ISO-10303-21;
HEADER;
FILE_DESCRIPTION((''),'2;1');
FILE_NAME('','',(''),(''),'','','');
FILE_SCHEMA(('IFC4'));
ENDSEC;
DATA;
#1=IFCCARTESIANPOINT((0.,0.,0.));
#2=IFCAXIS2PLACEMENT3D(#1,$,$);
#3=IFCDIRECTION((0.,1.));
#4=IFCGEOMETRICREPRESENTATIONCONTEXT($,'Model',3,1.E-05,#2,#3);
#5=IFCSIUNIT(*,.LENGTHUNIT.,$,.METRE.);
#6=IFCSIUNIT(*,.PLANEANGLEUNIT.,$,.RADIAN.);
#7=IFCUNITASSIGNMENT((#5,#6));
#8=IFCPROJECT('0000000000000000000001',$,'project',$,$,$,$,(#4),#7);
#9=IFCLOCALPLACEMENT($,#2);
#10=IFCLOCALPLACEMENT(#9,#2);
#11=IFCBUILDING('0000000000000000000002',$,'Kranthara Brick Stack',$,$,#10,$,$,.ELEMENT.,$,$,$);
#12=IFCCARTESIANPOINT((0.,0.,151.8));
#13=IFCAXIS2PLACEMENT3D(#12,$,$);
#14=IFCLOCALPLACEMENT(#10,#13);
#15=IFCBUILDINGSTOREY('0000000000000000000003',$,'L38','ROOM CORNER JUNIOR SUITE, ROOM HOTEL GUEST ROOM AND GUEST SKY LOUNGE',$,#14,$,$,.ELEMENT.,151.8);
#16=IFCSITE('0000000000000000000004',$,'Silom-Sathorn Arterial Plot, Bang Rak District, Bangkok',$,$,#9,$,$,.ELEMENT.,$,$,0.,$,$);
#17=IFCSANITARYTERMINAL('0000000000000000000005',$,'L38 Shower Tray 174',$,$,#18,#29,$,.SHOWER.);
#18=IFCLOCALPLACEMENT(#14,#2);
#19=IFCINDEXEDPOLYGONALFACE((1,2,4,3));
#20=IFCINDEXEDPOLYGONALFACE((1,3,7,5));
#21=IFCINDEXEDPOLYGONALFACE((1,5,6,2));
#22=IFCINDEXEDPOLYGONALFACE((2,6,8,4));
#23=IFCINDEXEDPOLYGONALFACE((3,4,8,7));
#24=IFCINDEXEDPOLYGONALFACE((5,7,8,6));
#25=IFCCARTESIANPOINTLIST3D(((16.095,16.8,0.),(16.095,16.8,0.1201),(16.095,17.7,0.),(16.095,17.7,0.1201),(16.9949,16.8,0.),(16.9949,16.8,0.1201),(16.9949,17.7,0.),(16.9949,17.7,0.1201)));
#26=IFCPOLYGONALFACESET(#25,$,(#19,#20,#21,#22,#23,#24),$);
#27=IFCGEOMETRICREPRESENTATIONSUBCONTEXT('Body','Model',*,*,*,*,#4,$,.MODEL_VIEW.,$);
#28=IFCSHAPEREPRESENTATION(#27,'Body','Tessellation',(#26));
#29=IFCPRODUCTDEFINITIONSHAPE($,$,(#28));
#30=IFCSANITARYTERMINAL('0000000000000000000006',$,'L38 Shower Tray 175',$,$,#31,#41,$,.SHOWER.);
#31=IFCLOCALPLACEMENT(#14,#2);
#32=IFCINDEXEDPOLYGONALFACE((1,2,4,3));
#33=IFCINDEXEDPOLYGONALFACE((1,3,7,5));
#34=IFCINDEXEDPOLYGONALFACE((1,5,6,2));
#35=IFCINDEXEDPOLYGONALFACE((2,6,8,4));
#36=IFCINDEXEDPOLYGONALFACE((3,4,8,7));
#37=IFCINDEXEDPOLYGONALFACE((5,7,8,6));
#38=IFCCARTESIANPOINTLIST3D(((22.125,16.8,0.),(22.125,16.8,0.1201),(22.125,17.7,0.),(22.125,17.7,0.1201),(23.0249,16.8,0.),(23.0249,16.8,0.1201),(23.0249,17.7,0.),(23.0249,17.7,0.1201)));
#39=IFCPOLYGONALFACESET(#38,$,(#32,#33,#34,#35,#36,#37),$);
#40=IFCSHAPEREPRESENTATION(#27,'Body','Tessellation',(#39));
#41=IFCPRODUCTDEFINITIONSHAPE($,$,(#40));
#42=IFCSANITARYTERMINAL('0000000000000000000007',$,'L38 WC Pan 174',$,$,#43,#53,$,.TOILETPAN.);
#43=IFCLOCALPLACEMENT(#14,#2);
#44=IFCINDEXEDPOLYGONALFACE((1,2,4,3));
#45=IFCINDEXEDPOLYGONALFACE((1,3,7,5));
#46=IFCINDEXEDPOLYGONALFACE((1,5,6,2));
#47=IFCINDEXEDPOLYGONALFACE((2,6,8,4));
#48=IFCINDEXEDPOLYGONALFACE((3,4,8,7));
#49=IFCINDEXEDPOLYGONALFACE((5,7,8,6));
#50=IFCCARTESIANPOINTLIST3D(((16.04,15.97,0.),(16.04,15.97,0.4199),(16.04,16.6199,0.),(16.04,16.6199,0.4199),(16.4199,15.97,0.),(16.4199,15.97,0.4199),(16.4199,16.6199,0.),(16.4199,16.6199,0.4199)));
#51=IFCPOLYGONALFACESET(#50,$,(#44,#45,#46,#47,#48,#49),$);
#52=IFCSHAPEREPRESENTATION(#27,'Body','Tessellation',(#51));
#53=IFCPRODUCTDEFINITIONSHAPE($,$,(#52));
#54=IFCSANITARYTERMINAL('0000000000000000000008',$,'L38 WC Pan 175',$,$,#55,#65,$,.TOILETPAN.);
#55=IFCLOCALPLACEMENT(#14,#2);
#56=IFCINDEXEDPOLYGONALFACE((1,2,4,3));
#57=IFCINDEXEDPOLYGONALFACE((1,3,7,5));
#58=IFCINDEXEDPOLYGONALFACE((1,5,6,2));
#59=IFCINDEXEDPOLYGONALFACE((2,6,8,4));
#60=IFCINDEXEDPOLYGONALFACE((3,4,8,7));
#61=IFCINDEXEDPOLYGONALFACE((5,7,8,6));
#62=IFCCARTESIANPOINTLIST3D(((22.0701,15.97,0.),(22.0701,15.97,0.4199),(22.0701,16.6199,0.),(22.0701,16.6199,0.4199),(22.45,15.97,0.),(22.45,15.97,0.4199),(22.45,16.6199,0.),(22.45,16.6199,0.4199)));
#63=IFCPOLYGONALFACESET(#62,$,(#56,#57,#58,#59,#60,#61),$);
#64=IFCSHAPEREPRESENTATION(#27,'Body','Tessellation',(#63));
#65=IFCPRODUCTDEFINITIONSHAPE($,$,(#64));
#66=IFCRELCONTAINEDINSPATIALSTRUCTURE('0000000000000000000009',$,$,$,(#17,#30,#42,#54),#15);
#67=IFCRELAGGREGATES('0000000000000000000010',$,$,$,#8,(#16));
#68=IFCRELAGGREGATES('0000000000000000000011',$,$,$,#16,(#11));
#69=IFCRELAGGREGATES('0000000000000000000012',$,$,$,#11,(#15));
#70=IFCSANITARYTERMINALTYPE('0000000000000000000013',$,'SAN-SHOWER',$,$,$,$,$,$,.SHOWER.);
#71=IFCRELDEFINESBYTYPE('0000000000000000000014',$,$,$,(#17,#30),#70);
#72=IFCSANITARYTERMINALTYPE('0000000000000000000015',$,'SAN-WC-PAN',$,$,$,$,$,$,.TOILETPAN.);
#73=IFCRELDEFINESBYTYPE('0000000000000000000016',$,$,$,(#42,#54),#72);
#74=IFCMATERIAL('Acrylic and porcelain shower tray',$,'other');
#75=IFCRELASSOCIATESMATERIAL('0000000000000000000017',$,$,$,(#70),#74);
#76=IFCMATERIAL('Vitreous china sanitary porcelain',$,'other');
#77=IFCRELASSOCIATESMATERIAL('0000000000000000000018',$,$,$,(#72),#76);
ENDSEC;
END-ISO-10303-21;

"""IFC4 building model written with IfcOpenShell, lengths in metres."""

from ifc_helpers import new_model, si_unit, direction, frame, origin, origin_2d, place, context, subcontext, project, spatial, rectangle, extrude, material, type_object, element, save


model = new_model("IFC4")

# Units and contexts
model_context = context("Model", 3, precision=1e-05, world=origin(), true_north=direction((0.0, 1.0)))
body_context = subcontext(model_context, "Body", "Model", "MODEL_VIEW")
ifc_project = project(units=[si_unit("LENGTHUNIT", "METRE"), si_unit("PLANEANGLEUNIT", "RADIAN")], contexts=[model_context])

# Site, building, storey
site_placement = place(None, origin())
site = spatial("IfcSite", under=ifc_project, at=site_placement, Name="Silom-Sathorn Arterial Plot, Bang Rak District, Bangkok", CompositionType="ELEMENT", RefElevation=0.0)
building_placement = place(site_placement, origin())
building = spatial("IfcBuilding", under=site, at=building_placement, Name="Kranthara Brick Stack", CompositionType="ELEMENT")
storey_placement = place(building_placement, frame((0.0, 0.0, 151.8)))
storey = spatial("IfcBuildingStorey", under=building, at=storey_placement, Name="L38", Description="ROOM CORNER JUNIOR SUITE, ROOM HOTEL GUEST ROOM AND GUEST SKY LOUNGE", CompositionType="ELEMENT", Elevation=151.8)

# Sanitary terminals
ifc_material_1 = material(Name="Acrylic and porcelain shower tray", Category="other")
sanitary_terminal_type_1 = type_object("IfcSanitaryTerminalType", Name="SAN-SHOWER", PredefinedType="SHOWER", material=ifc_material_1)
for number, where, z_axis, x_axis, name in (
    (1, (16.5449, 17.25, 0.0), (0.0, 0.0, 1.0), (1.0, 0.0, 0.0), "L38 Shower Tray 174"),
    (2, (22.575, 17.25, 0.0), (0.0, 0.0, 1.0), (1.0, 0.0, 0.0), "L38 Shower Tray 175"),
):
    element("IfcSanitaryTerminal", number, at=place(storey_placement, frame(where, z_axis=z_axis, x_axis=x_axis)), inside=storey, type_object=sanitary_terminal_type_1, Name=name, PredefinedType="SHOWER", context=body_context, shape_type="SweptSolid", body=[
        extrude(rectangle(XDim=0.8999, YDim=0.8999, at=origin_2d()), origin(), (0.0, 0.0, 1.0), 0.1201),
    ])
ifc_material_2 = material(Name="Vitreous china sanitary porcelain", Category="other")
sanitary_terminal_type_2 = type_object("IfcSanitaryTerminalType", Name="SAN-WC-PAN", PredefinedType="TOILETPAN", material=ifc_material_2)
for number, where, z_axis, x_axis, name in (
    (3, (16.23, 16.2949, 0.0), (0.0, 0.0, 1.0), (1.0, 0.0, 0.0), "L38 WC Pan 174"),
    (4, (22.26, 16.2949, 0.0), (0.0, 0.0, 1.0), (1.0, 0.0, 0.0), "L38 WC Pan 175"),
):
    element("IfcSanitaryTerminal", number, at=place(storey_placement, frame(where, z_axis=z_axis, x_axis=x_axis)), inside=storey, type_object=sanitary_terminal_type_2, Name=name, PredefinedType="TOILETPAN", context=body_context, shape_type="SweptSolid", body=[
        extrude(rectangle(XDim=0.3799, YDim=0.6499, at=origin_2d()), origin(), (0.0, 0.0, 1.0), 0.4199),
    ])

save(model, "model.ifc")
